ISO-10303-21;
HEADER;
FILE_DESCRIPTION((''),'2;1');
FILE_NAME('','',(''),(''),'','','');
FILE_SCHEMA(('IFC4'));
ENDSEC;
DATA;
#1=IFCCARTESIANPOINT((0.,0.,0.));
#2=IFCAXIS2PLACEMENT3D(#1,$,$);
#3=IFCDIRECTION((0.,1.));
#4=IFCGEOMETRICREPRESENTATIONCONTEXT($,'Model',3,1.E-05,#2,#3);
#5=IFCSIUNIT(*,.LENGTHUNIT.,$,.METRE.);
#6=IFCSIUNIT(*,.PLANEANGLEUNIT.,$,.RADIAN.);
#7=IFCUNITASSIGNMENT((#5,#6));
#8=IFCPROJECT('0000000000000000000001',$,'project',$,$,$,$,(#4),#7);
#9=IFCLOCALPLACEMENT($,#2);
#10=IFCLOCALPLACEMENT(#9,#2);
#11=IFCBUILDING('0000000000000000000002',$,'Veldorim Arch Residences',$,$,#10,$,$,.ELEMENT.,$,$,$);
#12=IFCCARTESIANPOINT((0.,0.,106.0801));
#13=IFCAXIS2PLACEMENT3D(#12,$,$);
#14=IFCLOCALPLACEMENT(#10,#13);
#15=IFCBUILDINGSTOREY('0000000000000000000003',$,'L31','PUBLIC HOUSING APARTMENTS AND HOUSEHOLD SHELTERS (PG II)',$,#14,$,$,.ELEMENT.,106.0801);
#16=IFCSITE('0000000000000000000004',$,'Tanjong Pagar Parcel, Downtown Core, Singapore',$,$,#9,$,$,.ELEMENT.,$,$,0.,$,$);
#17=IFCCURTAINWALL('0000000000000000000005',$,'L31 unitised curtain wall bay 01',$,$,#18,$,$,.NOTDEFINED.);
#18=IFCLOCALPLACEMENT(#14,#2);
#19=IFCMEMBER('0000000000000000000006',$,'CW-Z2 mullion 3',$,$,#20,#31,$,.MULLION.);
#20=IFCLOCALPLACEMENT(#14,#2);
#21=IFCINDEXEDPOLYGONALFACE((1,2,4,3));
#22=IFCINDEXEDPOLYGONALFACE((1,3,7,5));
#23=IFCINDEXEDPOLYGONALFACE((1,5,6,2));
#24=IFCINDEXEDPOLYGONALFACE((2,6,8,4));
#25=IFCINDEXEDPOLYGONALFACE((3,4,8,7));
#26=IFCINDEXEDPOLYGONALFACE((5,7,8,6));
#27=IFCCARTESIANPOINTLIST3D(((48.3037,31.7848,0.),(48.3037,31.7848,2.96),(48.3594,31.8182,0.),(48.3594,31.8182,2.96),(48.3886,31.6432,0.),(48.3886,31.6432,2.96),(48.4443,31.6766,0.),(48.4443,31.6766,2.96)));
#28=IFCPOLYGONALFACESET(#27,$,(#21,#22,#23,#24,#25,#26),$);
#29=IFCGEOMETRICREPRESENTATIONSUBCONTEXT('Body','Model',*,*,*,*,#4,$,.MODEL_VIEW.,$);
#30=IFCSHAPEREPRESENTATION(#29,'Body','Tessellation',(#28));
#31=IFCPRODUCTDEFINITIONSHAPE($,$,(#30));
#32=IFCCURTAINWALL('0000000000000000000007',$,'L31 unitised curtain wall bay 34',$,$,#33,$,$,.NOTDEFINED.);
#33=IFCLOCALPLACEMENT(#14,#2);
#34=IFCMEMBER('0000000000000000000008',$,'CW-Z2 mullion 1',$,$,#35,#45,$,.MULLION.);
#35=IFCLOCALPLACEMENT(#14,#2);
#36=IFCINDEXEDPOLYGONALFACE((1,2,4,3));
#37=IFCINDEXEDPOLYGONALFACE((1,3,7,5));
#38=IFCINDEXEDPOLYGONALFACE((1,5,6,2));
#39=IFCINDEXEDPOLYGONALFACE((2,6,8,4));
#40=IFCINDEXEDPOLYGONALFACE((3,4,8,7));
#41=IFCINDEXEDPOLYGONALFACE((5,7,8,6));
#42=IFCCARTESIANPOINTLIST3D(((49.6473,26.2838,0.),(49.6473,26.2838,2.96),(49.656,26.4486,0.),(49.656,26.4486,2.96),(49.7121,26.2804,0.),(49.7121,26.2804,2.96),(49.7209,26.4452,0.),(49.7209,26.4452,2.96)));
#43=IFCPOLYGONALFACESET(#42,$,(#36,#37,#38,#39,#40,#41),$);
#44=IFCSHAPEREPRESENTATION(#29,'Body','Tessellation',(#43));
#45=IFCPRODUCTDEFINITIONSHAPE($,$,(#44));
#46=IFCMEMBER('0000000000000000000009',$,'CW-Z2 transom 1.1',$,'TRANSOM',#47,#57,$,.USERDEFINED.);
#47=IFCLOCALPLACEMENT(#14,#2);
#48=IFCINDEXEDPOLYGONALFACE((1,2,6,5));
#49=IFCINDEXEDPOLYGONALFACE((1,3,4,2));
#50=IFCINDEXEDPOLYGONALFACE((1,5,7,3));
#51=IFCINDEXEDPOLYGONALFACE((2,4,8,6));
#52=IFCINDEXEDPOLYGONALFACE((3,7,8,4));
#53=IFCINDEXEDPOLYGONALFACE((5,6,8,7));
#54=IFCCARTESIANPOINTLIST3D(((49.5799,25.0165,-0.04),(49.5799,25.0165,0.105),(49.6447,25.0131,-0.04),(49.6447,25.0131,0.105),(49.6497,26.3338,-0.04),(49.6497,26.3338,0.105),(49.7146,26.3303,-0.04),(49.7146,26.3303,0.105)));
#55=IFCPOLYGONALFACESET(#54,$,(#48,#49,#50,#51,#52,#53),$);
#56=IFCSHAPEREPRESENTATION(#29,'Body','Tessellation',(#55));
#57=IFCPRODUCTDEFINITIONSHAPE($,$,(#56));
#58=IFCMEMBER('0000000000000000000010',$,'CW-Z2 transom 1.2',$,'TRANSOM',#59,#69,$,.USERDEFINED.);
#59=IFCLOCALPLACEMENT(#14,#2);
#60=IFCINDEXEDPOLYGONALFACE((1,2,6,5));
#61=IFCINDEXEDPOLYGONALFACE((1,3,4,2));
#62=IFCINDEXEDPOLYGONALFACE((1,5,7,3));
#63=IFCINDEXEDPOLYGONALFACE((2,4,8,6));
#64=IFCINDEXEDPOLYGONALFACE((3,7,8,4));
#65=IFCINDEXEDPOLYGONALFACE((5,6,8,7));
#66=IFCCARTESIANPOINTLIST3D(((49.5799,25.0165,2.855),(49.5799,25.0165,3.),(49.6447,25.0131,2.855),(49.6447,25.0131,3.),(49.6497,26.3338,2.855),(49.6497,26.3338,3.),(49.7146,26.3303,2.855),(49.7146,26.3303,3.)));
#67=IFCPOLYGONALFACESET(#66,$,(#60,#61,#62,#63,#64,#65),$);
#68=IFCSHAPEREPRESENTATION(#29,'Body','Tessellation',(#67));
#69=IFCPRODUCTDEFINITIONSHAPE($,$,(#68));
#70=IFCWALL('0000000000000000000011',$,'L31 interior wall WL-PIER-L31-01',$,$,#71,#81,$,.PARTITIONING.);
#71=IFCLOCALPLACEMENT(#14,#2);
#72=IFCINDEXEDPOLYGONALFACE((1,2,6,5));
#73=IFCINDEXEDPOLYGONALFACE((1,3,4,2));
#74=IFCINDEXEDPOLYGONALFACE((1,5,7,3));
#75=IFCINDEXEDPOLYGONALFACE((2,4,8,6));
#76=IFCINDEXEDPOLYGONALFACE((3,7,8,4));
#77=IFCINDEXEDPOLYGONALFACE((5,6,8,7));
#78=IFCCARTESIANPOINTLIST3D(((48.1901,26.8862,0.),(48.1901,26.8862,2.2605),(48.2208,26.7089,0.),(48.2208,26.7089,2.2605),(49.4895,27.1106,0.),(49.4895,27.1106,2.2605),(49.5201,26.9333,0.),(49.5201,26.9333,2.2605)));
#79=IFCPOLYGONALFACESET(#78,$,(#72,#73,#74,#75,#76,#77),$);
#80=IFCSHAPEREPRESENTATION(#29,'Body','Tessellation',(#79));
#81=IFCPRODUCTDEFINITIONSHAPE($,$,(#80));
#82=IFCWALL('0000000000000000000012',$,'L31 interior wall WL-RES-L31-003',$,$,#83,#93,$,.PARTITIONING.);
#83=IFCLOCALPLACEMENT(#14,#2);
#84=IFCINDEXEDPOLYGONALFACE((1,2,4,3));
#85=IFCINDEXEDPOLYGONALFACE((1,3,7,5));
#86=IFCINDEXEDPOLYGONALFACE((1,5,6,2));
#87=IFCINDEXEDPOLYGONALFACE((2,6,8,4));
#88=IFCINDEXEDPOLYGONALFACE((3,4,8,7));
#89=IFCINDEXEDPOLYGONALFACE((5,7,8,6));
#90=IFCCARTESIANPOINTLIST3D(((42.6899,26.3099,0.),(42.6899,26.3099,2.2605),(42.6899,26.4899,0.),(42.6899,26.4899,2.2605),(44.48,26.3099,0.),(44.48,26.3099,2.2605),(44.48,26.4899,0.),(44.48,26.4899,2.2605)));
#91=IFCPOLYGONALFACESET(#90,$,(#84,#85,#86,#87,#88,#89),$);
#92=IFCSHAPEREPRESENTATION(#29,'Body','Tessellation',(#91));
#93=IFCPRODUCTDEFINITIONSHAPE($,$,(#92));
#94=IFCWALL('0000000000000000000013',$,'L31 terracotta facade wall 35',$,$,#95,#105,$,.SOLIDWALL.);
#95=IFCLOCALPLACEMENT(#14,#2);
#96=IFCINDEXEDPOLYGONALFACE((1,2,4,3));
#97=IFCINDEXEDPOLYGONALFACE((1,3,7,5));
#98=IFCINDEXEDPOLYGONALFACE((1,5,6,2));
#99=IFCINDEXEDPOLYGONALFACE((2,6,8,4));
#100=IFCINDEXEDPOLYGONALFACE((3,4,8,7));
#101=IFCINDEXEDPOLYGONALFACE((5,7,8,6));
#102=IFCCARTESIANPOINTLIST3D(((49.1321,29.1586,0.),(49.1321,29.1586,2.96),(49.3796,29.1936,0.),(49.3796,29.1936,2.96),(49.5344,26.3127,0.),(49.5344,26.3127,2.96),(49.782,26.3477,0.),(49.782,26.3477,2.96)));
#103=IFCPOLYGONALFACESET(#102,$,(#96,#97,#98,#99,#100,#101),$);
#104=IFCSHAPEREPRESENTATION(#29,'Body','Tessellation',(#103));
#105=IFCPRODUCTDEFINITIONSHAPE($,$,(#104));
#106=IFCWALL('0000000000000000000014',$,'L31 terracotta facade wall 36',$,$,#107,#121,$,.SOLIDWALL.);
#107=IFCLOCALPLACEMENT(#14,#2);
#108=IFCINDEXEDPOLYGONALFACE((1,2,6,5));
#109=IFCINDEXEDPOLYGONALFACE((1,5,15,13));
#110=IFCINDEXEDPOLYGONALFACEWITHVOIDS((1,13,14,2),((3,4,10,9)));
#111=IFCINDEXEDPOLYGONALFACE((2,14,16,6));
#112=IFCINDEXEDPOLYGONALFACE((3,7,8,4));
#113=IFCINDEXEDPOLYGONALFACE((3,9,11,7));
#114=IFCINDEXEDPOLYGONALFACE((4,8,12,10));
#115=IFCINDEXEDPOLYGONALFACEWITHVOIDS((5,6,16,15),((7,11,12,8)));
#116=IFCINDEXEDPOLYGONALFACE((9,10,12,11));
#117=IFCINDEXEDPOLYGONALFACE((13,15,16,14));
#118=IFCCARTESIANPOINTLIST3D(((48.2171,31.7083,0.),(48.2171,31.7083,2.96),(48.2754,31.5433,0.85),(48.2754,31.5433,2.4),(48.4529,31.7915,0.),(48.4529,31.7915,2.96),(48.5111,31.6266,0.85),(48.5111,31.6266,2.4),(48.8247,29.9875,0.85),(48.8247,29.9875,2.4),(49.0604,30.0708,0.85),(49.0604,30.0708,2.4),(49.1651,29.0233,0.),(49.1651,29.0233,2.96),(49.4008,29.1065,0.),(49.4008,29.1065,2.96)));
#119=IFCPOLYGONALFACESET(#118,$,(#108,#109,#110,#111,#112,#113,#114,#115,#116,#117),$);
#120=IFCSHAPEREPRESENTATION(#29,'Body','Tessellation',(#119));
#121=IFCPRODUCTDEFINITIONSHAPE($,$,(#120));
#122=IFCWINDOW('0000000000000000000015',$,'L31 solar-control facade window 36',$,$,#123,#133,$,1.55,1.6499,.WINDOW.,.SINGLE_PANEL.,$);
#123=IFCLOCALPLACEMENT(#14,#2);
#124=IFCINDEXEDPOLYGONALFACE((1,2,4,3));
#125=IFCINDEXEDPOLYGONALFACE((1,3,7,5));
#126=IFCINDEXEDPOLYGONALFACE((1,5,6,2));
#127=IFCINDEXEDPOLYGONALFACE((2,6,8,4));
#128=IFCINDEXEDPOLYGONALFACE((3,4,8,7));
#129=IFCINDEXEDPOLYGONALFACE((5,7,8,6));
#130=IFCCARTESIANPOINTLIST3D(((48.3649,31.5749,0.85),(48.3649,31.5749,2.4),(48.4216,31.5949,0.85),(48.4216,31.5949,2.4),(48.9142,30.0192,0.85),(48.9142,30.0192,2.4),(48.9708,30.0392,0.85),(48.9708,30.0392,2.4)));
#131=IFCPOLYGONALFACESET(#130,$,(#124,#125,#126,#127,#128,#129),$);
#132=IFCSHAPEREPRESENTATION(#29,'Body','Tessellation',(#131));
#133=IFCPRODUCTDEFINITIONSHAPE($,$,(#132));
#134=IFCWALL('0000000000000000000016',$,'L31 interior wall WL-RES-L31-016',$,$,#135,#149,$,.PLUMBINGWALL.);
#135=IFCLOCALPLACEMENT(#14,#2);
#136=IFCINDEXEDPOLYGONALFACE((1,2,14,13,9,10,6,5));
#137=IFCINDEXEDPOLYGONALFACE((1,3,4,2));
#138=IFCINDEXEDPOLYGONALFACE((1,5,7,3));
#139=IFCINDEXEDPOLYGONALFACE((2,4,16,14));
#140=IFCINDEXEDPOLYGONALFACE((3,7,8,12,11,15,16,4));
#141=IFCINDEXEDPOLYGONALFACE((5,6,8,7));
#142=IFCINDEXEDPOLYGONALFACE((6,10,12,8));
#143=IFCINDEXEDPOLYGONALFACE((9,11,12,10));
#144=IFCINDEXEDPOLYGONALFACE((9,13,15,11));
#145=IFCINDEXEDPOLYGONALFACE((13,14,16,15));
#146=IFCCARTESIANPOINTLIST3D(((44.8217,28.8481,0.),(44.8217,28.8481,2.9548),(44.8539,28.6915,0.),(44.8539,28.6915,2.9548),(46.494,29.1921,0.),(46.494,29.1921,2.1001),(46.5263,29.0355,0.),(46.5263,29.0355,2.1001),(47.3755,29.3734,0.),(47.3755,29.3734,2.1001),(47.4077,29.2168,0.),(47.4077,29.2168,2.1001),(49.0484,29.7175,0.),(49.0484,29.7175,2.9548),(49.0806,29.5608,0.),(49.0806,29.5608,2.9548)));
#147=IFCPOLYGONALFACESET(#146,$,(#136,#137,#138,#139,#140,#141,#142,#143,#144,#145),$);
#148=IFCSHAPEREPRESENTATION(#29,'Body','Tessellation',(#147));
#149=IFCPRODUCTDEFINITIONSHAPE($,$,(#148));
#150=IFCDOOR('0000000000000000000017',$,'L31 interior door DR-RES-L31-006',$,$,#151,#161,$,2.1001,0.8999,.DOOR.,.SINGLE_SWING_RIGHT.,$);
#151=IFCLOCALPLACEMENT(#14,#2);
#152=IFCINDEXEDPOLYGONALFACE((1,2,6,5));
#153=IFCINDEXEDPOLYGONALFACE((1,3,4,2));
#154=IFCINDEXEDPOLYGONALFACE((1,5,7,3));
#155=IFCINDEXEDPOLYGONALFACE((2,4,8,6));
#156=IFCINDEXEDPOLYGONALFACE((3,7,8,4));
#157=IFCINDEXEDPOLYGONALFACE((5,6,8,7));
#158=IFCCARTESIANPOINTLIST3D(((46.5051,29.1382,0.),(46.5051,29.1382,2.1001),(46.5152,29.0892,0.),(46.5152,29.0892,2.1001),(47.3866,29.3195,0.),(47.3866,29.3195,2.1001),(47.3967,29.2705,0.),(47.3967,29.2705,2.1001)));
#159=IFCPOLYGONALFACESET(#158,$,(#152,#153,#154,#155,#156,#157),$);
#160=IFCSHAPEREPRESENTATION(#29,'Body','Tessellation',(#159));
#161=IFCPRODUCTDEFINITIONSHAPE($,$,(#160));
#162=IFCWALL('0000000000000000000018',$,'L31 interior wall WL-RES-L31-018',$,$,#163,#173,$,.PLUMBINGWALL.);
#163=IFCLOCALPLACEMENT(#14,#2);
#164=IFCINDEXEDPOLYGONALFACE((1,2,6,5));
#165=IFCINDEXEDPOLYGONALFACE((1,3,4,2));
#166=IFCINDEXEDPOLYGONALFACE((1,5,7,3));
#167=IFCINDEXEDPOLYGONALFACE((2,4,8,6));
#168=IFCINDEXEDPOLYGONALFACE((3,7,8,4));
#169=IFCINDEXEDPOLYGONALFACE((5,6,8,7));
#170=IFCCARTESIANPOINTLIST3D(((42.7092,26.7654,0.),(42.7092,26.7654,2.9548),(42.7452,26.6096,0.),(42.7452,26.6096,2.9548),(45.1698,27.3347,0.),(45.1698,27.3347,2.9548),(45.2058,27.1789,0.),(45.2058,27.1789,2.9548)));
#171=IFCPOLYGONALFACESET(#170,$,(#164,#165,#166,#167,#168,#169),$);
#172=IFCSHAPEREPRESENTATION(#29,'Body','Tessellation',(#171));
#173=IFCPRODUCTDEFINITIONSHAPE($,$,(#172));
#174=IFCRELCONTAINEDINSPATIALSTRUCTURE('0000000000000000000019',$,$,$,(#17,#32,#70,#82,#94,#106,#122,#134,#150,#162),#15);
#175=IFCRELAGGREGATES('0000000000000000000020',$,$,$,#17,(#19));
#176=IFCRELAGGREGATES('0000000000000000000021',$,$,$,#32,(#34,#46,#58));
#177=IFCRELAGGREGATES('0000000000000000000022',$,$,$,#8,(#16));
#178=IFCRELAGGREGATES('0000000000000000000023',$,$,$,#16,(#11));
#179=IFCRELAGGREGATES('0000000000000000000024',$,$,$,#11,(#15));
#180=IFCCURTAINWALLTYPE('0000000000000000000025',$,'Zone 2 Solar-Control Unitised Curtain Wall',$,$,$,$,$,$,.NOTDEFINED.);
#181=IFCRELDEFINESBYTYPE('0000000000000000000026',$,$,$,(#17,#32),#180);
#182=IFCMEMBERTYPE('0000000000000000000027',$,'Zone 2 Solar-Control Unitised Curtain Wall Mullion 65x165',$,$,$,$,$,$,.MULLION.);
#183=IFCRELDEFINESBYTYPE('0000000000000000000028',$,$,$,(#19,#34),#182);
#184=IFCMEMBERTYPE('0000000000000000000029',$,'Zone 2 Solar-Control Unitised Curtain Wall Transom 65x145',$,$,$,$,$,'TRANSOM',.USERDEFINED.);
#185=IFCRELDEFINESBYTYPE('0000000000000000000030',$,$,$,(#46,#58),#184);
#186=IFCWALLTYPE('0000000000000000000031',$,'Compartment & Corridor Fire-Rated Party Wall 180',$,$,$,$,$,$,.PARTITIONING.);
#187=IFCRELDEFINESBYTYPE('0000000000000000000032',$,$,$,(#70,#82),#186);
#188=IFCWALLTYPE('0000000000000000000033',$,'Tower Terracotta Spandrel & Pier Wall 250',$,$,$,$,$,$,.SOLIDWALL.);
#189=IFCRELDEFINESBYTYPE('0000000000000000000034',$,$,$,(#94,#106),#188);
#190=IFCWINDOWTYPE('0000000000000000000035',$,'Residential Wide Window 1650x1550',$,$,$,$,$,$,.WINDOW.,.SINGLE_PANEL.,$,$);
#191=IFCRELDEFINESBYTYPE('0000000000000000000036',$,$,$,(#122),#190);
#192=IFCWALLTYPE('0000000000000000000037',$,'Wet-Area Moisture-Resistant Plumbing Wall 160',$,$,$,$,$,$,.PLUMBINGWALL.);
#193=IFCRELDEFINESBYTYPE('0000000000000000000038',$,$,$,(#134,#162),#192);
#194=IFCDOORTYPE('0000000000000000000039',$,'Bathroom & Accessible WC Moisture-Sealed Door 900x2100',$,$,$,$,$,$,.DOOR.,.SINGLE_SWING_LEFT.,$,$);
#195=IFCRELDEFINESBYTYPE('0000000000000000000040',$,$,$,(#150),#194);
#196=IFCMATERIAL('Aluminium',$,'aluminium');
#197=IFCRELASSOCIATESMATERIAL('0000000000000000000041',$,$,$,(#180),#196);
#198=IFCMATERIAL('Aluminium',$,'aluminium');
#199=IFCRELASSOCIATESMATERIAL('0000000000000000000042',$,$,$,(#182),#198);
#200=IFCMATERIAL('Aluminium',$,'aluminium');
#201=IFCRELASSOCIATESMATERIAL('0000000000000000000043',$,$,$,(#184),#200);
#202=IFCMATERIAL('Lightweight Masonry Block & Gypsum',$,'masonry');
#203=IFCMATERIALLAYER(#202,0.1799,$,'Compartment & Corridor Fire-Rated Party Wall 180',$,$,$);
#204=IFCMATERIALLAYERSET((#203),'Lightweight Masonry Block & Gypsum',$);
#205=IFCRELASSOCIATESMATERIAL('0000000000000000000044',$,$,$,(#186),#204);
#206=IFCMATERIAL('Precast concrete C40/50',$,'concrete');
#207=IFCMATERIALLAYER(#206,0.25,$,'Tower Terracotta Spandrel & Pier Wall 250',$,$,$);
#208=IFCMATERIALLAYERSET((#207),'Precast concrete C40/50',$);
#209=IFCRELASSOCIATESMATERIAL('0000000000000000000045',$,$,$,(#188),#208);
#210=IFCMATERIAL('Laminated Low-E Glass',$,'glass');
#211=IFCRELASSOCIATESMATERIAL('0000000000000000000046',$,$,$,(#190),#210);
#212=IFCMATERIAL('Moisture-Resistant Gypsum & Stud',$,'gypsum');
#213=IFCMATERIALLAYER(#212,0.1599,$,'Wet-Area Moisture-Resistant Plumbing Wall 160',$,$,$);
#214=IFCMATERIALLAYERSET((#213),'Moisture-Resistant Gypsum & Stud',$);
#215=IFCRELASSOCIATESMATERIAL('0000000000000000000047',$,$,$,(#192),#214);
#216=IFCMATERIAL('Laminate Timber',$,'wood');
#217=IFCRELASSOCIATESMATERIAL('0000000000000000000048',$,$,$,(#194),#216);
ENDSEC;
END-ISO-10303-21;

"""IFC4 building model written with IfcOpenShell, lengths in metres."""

from ifc_helpers import new_model, si_unit, direction, frame, frame_2d, origin, origin_2d, place, context, subcontext, project, spatial, rectangle, extrude, material, layer, layer_set, material_profile, profile_set, type_object, element, fill, aggregate, save


model = new_model("IFC4")

# Units and contexts
model_context = context("Model", 3, precision=1e-05, world=origin(), true_north=direction((0.0, 1.0)))
body_context = subcontext(model_context, "Body", "Model", "MODEL_VIEW")
ifc_project = project(units=[si_unit("LENGTHUNIT", "METRE"), si_unit("PLANEANGLEUNIT", "RADIAN")], contexts=[model_context])

# Site, building, storey
site_placement = place(None, origin())
site = spatial("IfcSite", under=ifc_project, at=site_placement, Name="Tanjong Pagar Parcel, Downtown Core, Singapore", CompositionType="ELEMENT", RefElevation=0.0)
building_placement = place(site_placement, origin())
building = spatial("IfcBuilding", under=site, at=building_placement, Name="Veldorim Arch Residences", CompositionType="ELEMENT")
storey_placement = place(building_placement, frame((0.0, 0.0, 106.0801)))
storey = spatial("IfcBuildingStorey", under=building, at=storey_placement, Name="L31", Description="PUBLIC HOUSING APARTMENTS AND HOUSEHOLD SHELTERS (PG II)", CompositionType="ELEMENT", Elevation=106.0801)

# Curtain wall, member
ifc_material_1 = material(Name="Aluminium", Category="aluminium")
curtain_wall_type = type_object("IfcCurtainWallType", Name="Zone 2 Solar-Control Unitised Curtain Wall", PredefinedType="NOTDEFINED", material=ifc_material_1)
curtain_wall_1_placement = place(storey_placement, origin())
curtain_wall_1 = element("IfcCurtainWall", 1, at=curtain_wall_1_placement, inside=storey, type_object=curtain_wall_type, Name="L31 unitised curtain wall bay 01", PredefinedType="NOTDEFINED")
ifc_material_2 = material(Name="Aluminium", Category="aluminium")
ifc_material_profile_1 = material_profile(ifc_material_2, rectangle(XDim=0.0649, YDim=0.165, at=origin_2d()), Name="ALU_MUL_65x165")
ifc_profile_set_1 = profile_set([ifc_material_profile_1], Name="Aluminium")
member_type_1 = type_object("IfcMemberType", Name="Zone 2 Solar-Control Unitised Curtain Wall Mullion 65x165", PredefinedType="MULLION", material=ifc_profile_set_1)
member_1_placement = place(storey_placement, frame((48.374, 31.7307, 0.0), z_axis=(0.0, 0.0, 1.0), x_axis=(0.85757, 0.514368, 0.0)))
member_1 = element("IfcMember", 2, at=member_1_placement, type_object=member_type_1, Name="CW-Z2 mullion 3", PredefinedType="MULLION", context=body_context, shape_type="SweptSolid", body=[
    extrude(rectangle(XDim=0.0649, YDim=0.165, at=origin_2d()), origin(), (0.0, 0.0, 1.0), 2.96),
])
aggregate(curtain_wall_1, [member_1])

# Curtain wall, members
curtain_wall_2_placement = place(storey_placement, origin())
curtain_wall_2 = element("IfcCurtainWall", 3, at=curtain_wall_2_placement, inside=storey, type_object=curtain_wall_type, Name="L31 unitised curtain wall bay 34", PredefinedType="NOTDEFINED")
member_2_placement = place(storey_placement, frame((49.6841, 26.3645, 0.0), z_axis=(0.0, 0.0, 1.0), x_axis=(0.99859, -0.053083, 0.0)))
member_2 = element("IfcMember", 4, at=member_2_placement, type_object=member_type_1, Name="CW-Z2 mullion 1", PredefinedType="MULLION", context=body_context, shape_type="SweptSolid", body=[
    extrude(rectangle(XDim=0.0649, YDim=0.165, at=origin_2d()), origin(), (0.0, 0.0, 1.0), 2.96),
])
ifc_material_3 = material(Name="Aluminium", Category="aluminium")
ifc_material_profile_2 = material_profile(ifc_material_3, rectangle(XDim=0.0649, YDim=0.145, at=origin_2d()), Name="ALU_TRN_65x145")
ifc_profile_set_2 = profile_set([ifc_material_profile_2], Name="Aluminium")
member_type_2 = type_object("IfcMemberType", Name="Zone 2 Solar-Control Unitised Curtain Wall Transom 65x145", ElementType="TRANSOM", PredefinedType="USERDEFINED", material=ifc_profile_set_2)
member_3_placement = place(storey_placement, frame((49.6821, 26.332, 0.0325), z_axis=(-0.052938, -0.998598, 0.0), x_axis=(0.998598, -0.052938, 0.0)))
member_3 = element("IfcMember", 5, at=member_3_placement, type_object=member_type_2, Name="CW-Z2 transom 1.1", ObjectType="TRANSOM", PredefinedType="USERDEFINED", context=body_context, shape_type="SweptSolid", body=[
    extrude(rectangle(XDim=0.0649, YDim=0.145, at=origin_2d()), origin(), (0.0, 0.0, 1.0), 1.3191),
])
member_4_placement = place(storey_placement, frame((49.6821, 26.332, 2.9275), z_axis=(-0.052938, -0.998598, 0.0), x_axis=(0.998598, -0.052938, 0.0)))
member_4 = element("IfcMember", 6, at=member_4_placement, type_object=member_type_2, Name="CW-Z2 transom 1.2", ObjectType="TRANSOM", PredefinedType="USERDEFINED", context=body_context, shape_type="SweptSolid", body=[
    extrude(rectangle(XDim=0.0649, YDim=0.145, at=origin_2d()), origin(), (0.0, 0.0, 1.0), 1.3191),
])
aggregate(curtain_wall_2, [member_2, member_3, member_4])

# Walls
ifc_material_4 = material(Name="Lightweight Masonry Block & Gypsum", Category="masonry")
ifc_layer_1 = layer(ifc_material_4, 0.1799, Name="Compartment & Corridor Fire-Rated Party Wall 180")
ifc_layer_set_1 = layer_set([ifc_layer_1], Name="Lightweight Masonry Block & Gypsum")
wall_type_1 = type_object("IfcWallType", Name="Compartment & Corridor Fire-Rated Party Wall 180", PredefinedType="PARTITIONING", material=ifc_layer_set_1)
wall_1_placement = place(storey_placement, frame((48.2056, 26.7976, 0.0), z_axis=(0.0, 0.0, 1.0), x_axis=(0.985416, 0.170161, 0.0)))
element("IfcWall", 7, at=wall_1_placement, inside=storey, type_object=wall_type_1, Name="L31 interior wall WL-PIER-L31-01", PredefinedType="PARTITIONING", context=body_context, shape_type="SweptSolid", body=[
    extrude(rectangle(XDim=1.3186, YDim=0.1799, at=frame_2d((0.6592, 0.0))), origin(), (0.0, 0.0, 1.0), 2.2605),
])
wall_2_placement = place(storey_placement, frame((42.6899, 26.3999, 0.0), z_axis=(0.0, 0.0, 1.0), x_axis=(1.0, 0.0, 0.0)))
element("IfcWall", 8, at=wall_2_placement, inside=storey, type_object=wall_type_1, Name="L31 interior wall WL-RES-L31-003", PredefinedType="PARTITIONING", context=body_context, shape_type="SweptSolid", body=[
    extrude(rectangle(XDim=1.79, YDim=0.1799, at=frame_2d((0.895, 0.0))), origin(), (0.0, 0.0, 1.0), 2.2605),
])

# Wall
ifc_material_5 = material(Name="Precast concrete C40/50", Category="concrete")
ifc_layer_2 = layer(ifc_material_5, 0.25, Name="Tower Terracotta Spandrel & Pier Wall 250")
ifc_layer_set_2 = layer_set([ifc_layer_2], Name="Precast concrete C40/50")
wall_type_2 = type_object("IfcWallType", Name="Tower Terracotta Spandrel & Pier Wall 250", PredefinedType="SOLIDWALL", material=ifc_layer_set_2)
wall_3_placement = place(storey_placement, frame((49.2559, 29.176, 0.0), z_axis=(0.0, 0.0, 1.0), x_axis=(0.139982, -0.990154, 0.0)))
element("IfcWall", 9, at=wall_3_placement, inside=storey, type_object=wall_type_2, Name="L31 terracotta facade wall 35", PredefinedType="SOLIDWALL", context=body_context, shape_type="SweptSolid", body=[
    extrude(rectangle(XDim=2.8743, YDim=0.25, at=frame_2d((1.437, 0.0))), origin(), (0.0, 0.0, 1.0), 2.96),
])

# Wall, opening, window
wall_4_placement = place(storey_placement, frame((48.335, 31.75, 0.0), z_axis=(0.0, 0.0, 1.0), x_axis=(0.332923, -0.942954, 0.0)))
wall_4 = element("IfcWall", 10, at=wall_4_placement, inside=storey, type_object=wall_type_2, Name="L31 terracotta facade wall 36", PredefinedType="SOLIDWALL", context=body_context, shape_type="SweptSolid", body=[
    extrude(rectangle(XDim=2.8474, YDim=0.25, at=frame_2d((1.4238, 0.0))), origin(), (0.0, 0.0, 1.0), 2.96),
])
opening_1_placement = place(wall_4_placement, frame((0.175, 0.0, 0.8501)))
opening_1 = element("IfcOpeningElement", 11, at=opening_1_placement, cuts=wall_4, PredefinedType="OPENING", context=body_context, shape_type="SweptSolid", body=[
    extrude(rectangle(XDim=1.6499, YDim=1.55, at=frame_2d((0.825, 0.7749))), frame((0.0, 0.135, 0.0), z_axis=(0.0, -1.0, 0.0), x_axis=(1.0, 0.0, 0.0)), (0.0, 0.0, 1.0), 0.27),
])
ifc_material_6 = material(Name="Laminated Low-E Glass", Category="glass")
window_type = type_object("IfcWindowType", Name="Residential Wide Window 1650x1550", PartitioningType="SINGLE_PANEL", PredefinedType="WINDOW", material=ifc_material_6)
window_placement = place(opening_1_placement, origin())
window = element("IfcWindow", 12, at=window_placement, inside=storey, type_object=window_type, Name="L31 solar-control facade window 36", OverallHeight=1.55, OverallWidth=1.6499, PartitioningType="SINGLE_PANEL", PredefinedType="WINDOW", context=body_context, shape_type="SweptSolid", body=[
    extrude(rectangle(XDim=1.6499, YDim=1.55, at=frame_2d((0.825, 0.7749))), frame((0.0, 0.03, 0.0), z_axis=(0.0, -1.0, 0.0), x_axis=(1.0, 0.0, 0.0)), (0.0, 0.0, 1.0), 0.0601),
])
fill(opening_1, window)

# Wall, opening, door
ifc_material_7 = material(Name="Moisture-Resistant Gypsum & Stud", Category="gypsum")
ifc_layer_3 = layer(ifc_material_7, 0.1599, Name="Wet-Area Moisture-Resistant Plumbing Wall 160")
ifc_layer_set_3 = layer_set([ifc_layer_3], Name="Moisture-Resistant Gypsum & Stud")
wall_type_3 = type_object("IfcWallType", Name="Wet-Area Moisture-Resistant Plumbing Wall 160", PredefinedType="PLUMBINGWALL", material=ifc_layer_set_3)
wall_5_placement = place(storey_placement, frame((44.8376, 28.7698, 0.0), z_axis=(0.0, 0.0, 1.0), x_axis=(0.979495, 0.201466, 0.0)))
wall_5 = element("IfcWall", 13, at=wall_5_placement, inside=storey, type_object=wall_type_3, Name="L31 interior wall WL-RES-L31-016", PredefinedType="PLUMBINGWALL", context=body_context, shape_type="SweptSolid", body=[
    extrude(rectangle(XDim=4.3152, YDim=0.1599, at=frame_2d((2.1577, 0.0))), origin(), (0.0, 0.0, 1.0), 2.9548),
])
opening_2_placement = place(wall_5_placement, frame((1.7075, 0.0, 0.0)))
opening_2 = element("IfcOpeningElement", 14, at=opening_2_placement, cuts=wall_5, PredefinedType="OPENING", context=body_context, shape_type="SweptSolid", body=[
    extrude(rectangle(XDim=0.8999, YDim=2.1001, at=frame_2d((0.45, 1.05))), frame((0.0, 0.0898, 0.0), z_axis=(0.0, -1.0, 0.0), x_axis=(1.0, 0.0, 0.0)), (0.0, 0.0, 1.0), 0.1799),
])
ifc_material_8 = material(Name="Laminate Timber", Category="wood")
door_type_1 = type_object("IfcDoorType", Name="Bathroom & Accessible WC Moisture-Sealed Door 900x2100", OperationType="SINGLE_SWING_LEFT", PredefinedType="DOOR", material=ifc_material_8)
door_1_placement = place(opening_2_placement, origin())
door_1 = element("IfcDoor", 15, at=door_1_placement, inside=storey, type_object=door_type_1, Name="L31 interior door DR-RES-L31-006", OperationType="SINGLE_SWING_RIGHT", OverallHeight=2.1001, OverallWidth=0.8999, PredefinedType="DOOR", context=body_context, shape_type="SweptSolid", body=[
    extrude(rectangle(XDim=0.8999, YDim=2.1001, at=frame_2d((0.45, 1.05))), frame((0.0, 0.0249, 0.0), z_axis=(0.0, -1.0, 0.0), x_axis=(1.0, 0.0, 0.0)), (0.0, 0.0, 1.0), 0.05),
])
fill(opening_2, door_1)

# Wall
wall_6_placement = place(storey_placement, frame((42.7273, 26.6875, 0.0), z_axis=(0.0, 0.0, 1.0), x_axis=(0.974262, 0.225417, 0.0)))
element("IfcWall", 16, at=wall_6_placement, inside=storey, type_object=wall_type_3, Name="L31 interior wall WL-RES-L31-018", PredefinedType="PLUMBINGWALL", context=body_context, shape_type="SweptSolid", body=[
    extrude(rectangle(XDim=2.5256, YDim=0.1599, at=frame_2d((1.2627, 0.0))), origin(), (0.0, 0.0, 1.0), 2.9548),
])

save(model, "model.ifc")
